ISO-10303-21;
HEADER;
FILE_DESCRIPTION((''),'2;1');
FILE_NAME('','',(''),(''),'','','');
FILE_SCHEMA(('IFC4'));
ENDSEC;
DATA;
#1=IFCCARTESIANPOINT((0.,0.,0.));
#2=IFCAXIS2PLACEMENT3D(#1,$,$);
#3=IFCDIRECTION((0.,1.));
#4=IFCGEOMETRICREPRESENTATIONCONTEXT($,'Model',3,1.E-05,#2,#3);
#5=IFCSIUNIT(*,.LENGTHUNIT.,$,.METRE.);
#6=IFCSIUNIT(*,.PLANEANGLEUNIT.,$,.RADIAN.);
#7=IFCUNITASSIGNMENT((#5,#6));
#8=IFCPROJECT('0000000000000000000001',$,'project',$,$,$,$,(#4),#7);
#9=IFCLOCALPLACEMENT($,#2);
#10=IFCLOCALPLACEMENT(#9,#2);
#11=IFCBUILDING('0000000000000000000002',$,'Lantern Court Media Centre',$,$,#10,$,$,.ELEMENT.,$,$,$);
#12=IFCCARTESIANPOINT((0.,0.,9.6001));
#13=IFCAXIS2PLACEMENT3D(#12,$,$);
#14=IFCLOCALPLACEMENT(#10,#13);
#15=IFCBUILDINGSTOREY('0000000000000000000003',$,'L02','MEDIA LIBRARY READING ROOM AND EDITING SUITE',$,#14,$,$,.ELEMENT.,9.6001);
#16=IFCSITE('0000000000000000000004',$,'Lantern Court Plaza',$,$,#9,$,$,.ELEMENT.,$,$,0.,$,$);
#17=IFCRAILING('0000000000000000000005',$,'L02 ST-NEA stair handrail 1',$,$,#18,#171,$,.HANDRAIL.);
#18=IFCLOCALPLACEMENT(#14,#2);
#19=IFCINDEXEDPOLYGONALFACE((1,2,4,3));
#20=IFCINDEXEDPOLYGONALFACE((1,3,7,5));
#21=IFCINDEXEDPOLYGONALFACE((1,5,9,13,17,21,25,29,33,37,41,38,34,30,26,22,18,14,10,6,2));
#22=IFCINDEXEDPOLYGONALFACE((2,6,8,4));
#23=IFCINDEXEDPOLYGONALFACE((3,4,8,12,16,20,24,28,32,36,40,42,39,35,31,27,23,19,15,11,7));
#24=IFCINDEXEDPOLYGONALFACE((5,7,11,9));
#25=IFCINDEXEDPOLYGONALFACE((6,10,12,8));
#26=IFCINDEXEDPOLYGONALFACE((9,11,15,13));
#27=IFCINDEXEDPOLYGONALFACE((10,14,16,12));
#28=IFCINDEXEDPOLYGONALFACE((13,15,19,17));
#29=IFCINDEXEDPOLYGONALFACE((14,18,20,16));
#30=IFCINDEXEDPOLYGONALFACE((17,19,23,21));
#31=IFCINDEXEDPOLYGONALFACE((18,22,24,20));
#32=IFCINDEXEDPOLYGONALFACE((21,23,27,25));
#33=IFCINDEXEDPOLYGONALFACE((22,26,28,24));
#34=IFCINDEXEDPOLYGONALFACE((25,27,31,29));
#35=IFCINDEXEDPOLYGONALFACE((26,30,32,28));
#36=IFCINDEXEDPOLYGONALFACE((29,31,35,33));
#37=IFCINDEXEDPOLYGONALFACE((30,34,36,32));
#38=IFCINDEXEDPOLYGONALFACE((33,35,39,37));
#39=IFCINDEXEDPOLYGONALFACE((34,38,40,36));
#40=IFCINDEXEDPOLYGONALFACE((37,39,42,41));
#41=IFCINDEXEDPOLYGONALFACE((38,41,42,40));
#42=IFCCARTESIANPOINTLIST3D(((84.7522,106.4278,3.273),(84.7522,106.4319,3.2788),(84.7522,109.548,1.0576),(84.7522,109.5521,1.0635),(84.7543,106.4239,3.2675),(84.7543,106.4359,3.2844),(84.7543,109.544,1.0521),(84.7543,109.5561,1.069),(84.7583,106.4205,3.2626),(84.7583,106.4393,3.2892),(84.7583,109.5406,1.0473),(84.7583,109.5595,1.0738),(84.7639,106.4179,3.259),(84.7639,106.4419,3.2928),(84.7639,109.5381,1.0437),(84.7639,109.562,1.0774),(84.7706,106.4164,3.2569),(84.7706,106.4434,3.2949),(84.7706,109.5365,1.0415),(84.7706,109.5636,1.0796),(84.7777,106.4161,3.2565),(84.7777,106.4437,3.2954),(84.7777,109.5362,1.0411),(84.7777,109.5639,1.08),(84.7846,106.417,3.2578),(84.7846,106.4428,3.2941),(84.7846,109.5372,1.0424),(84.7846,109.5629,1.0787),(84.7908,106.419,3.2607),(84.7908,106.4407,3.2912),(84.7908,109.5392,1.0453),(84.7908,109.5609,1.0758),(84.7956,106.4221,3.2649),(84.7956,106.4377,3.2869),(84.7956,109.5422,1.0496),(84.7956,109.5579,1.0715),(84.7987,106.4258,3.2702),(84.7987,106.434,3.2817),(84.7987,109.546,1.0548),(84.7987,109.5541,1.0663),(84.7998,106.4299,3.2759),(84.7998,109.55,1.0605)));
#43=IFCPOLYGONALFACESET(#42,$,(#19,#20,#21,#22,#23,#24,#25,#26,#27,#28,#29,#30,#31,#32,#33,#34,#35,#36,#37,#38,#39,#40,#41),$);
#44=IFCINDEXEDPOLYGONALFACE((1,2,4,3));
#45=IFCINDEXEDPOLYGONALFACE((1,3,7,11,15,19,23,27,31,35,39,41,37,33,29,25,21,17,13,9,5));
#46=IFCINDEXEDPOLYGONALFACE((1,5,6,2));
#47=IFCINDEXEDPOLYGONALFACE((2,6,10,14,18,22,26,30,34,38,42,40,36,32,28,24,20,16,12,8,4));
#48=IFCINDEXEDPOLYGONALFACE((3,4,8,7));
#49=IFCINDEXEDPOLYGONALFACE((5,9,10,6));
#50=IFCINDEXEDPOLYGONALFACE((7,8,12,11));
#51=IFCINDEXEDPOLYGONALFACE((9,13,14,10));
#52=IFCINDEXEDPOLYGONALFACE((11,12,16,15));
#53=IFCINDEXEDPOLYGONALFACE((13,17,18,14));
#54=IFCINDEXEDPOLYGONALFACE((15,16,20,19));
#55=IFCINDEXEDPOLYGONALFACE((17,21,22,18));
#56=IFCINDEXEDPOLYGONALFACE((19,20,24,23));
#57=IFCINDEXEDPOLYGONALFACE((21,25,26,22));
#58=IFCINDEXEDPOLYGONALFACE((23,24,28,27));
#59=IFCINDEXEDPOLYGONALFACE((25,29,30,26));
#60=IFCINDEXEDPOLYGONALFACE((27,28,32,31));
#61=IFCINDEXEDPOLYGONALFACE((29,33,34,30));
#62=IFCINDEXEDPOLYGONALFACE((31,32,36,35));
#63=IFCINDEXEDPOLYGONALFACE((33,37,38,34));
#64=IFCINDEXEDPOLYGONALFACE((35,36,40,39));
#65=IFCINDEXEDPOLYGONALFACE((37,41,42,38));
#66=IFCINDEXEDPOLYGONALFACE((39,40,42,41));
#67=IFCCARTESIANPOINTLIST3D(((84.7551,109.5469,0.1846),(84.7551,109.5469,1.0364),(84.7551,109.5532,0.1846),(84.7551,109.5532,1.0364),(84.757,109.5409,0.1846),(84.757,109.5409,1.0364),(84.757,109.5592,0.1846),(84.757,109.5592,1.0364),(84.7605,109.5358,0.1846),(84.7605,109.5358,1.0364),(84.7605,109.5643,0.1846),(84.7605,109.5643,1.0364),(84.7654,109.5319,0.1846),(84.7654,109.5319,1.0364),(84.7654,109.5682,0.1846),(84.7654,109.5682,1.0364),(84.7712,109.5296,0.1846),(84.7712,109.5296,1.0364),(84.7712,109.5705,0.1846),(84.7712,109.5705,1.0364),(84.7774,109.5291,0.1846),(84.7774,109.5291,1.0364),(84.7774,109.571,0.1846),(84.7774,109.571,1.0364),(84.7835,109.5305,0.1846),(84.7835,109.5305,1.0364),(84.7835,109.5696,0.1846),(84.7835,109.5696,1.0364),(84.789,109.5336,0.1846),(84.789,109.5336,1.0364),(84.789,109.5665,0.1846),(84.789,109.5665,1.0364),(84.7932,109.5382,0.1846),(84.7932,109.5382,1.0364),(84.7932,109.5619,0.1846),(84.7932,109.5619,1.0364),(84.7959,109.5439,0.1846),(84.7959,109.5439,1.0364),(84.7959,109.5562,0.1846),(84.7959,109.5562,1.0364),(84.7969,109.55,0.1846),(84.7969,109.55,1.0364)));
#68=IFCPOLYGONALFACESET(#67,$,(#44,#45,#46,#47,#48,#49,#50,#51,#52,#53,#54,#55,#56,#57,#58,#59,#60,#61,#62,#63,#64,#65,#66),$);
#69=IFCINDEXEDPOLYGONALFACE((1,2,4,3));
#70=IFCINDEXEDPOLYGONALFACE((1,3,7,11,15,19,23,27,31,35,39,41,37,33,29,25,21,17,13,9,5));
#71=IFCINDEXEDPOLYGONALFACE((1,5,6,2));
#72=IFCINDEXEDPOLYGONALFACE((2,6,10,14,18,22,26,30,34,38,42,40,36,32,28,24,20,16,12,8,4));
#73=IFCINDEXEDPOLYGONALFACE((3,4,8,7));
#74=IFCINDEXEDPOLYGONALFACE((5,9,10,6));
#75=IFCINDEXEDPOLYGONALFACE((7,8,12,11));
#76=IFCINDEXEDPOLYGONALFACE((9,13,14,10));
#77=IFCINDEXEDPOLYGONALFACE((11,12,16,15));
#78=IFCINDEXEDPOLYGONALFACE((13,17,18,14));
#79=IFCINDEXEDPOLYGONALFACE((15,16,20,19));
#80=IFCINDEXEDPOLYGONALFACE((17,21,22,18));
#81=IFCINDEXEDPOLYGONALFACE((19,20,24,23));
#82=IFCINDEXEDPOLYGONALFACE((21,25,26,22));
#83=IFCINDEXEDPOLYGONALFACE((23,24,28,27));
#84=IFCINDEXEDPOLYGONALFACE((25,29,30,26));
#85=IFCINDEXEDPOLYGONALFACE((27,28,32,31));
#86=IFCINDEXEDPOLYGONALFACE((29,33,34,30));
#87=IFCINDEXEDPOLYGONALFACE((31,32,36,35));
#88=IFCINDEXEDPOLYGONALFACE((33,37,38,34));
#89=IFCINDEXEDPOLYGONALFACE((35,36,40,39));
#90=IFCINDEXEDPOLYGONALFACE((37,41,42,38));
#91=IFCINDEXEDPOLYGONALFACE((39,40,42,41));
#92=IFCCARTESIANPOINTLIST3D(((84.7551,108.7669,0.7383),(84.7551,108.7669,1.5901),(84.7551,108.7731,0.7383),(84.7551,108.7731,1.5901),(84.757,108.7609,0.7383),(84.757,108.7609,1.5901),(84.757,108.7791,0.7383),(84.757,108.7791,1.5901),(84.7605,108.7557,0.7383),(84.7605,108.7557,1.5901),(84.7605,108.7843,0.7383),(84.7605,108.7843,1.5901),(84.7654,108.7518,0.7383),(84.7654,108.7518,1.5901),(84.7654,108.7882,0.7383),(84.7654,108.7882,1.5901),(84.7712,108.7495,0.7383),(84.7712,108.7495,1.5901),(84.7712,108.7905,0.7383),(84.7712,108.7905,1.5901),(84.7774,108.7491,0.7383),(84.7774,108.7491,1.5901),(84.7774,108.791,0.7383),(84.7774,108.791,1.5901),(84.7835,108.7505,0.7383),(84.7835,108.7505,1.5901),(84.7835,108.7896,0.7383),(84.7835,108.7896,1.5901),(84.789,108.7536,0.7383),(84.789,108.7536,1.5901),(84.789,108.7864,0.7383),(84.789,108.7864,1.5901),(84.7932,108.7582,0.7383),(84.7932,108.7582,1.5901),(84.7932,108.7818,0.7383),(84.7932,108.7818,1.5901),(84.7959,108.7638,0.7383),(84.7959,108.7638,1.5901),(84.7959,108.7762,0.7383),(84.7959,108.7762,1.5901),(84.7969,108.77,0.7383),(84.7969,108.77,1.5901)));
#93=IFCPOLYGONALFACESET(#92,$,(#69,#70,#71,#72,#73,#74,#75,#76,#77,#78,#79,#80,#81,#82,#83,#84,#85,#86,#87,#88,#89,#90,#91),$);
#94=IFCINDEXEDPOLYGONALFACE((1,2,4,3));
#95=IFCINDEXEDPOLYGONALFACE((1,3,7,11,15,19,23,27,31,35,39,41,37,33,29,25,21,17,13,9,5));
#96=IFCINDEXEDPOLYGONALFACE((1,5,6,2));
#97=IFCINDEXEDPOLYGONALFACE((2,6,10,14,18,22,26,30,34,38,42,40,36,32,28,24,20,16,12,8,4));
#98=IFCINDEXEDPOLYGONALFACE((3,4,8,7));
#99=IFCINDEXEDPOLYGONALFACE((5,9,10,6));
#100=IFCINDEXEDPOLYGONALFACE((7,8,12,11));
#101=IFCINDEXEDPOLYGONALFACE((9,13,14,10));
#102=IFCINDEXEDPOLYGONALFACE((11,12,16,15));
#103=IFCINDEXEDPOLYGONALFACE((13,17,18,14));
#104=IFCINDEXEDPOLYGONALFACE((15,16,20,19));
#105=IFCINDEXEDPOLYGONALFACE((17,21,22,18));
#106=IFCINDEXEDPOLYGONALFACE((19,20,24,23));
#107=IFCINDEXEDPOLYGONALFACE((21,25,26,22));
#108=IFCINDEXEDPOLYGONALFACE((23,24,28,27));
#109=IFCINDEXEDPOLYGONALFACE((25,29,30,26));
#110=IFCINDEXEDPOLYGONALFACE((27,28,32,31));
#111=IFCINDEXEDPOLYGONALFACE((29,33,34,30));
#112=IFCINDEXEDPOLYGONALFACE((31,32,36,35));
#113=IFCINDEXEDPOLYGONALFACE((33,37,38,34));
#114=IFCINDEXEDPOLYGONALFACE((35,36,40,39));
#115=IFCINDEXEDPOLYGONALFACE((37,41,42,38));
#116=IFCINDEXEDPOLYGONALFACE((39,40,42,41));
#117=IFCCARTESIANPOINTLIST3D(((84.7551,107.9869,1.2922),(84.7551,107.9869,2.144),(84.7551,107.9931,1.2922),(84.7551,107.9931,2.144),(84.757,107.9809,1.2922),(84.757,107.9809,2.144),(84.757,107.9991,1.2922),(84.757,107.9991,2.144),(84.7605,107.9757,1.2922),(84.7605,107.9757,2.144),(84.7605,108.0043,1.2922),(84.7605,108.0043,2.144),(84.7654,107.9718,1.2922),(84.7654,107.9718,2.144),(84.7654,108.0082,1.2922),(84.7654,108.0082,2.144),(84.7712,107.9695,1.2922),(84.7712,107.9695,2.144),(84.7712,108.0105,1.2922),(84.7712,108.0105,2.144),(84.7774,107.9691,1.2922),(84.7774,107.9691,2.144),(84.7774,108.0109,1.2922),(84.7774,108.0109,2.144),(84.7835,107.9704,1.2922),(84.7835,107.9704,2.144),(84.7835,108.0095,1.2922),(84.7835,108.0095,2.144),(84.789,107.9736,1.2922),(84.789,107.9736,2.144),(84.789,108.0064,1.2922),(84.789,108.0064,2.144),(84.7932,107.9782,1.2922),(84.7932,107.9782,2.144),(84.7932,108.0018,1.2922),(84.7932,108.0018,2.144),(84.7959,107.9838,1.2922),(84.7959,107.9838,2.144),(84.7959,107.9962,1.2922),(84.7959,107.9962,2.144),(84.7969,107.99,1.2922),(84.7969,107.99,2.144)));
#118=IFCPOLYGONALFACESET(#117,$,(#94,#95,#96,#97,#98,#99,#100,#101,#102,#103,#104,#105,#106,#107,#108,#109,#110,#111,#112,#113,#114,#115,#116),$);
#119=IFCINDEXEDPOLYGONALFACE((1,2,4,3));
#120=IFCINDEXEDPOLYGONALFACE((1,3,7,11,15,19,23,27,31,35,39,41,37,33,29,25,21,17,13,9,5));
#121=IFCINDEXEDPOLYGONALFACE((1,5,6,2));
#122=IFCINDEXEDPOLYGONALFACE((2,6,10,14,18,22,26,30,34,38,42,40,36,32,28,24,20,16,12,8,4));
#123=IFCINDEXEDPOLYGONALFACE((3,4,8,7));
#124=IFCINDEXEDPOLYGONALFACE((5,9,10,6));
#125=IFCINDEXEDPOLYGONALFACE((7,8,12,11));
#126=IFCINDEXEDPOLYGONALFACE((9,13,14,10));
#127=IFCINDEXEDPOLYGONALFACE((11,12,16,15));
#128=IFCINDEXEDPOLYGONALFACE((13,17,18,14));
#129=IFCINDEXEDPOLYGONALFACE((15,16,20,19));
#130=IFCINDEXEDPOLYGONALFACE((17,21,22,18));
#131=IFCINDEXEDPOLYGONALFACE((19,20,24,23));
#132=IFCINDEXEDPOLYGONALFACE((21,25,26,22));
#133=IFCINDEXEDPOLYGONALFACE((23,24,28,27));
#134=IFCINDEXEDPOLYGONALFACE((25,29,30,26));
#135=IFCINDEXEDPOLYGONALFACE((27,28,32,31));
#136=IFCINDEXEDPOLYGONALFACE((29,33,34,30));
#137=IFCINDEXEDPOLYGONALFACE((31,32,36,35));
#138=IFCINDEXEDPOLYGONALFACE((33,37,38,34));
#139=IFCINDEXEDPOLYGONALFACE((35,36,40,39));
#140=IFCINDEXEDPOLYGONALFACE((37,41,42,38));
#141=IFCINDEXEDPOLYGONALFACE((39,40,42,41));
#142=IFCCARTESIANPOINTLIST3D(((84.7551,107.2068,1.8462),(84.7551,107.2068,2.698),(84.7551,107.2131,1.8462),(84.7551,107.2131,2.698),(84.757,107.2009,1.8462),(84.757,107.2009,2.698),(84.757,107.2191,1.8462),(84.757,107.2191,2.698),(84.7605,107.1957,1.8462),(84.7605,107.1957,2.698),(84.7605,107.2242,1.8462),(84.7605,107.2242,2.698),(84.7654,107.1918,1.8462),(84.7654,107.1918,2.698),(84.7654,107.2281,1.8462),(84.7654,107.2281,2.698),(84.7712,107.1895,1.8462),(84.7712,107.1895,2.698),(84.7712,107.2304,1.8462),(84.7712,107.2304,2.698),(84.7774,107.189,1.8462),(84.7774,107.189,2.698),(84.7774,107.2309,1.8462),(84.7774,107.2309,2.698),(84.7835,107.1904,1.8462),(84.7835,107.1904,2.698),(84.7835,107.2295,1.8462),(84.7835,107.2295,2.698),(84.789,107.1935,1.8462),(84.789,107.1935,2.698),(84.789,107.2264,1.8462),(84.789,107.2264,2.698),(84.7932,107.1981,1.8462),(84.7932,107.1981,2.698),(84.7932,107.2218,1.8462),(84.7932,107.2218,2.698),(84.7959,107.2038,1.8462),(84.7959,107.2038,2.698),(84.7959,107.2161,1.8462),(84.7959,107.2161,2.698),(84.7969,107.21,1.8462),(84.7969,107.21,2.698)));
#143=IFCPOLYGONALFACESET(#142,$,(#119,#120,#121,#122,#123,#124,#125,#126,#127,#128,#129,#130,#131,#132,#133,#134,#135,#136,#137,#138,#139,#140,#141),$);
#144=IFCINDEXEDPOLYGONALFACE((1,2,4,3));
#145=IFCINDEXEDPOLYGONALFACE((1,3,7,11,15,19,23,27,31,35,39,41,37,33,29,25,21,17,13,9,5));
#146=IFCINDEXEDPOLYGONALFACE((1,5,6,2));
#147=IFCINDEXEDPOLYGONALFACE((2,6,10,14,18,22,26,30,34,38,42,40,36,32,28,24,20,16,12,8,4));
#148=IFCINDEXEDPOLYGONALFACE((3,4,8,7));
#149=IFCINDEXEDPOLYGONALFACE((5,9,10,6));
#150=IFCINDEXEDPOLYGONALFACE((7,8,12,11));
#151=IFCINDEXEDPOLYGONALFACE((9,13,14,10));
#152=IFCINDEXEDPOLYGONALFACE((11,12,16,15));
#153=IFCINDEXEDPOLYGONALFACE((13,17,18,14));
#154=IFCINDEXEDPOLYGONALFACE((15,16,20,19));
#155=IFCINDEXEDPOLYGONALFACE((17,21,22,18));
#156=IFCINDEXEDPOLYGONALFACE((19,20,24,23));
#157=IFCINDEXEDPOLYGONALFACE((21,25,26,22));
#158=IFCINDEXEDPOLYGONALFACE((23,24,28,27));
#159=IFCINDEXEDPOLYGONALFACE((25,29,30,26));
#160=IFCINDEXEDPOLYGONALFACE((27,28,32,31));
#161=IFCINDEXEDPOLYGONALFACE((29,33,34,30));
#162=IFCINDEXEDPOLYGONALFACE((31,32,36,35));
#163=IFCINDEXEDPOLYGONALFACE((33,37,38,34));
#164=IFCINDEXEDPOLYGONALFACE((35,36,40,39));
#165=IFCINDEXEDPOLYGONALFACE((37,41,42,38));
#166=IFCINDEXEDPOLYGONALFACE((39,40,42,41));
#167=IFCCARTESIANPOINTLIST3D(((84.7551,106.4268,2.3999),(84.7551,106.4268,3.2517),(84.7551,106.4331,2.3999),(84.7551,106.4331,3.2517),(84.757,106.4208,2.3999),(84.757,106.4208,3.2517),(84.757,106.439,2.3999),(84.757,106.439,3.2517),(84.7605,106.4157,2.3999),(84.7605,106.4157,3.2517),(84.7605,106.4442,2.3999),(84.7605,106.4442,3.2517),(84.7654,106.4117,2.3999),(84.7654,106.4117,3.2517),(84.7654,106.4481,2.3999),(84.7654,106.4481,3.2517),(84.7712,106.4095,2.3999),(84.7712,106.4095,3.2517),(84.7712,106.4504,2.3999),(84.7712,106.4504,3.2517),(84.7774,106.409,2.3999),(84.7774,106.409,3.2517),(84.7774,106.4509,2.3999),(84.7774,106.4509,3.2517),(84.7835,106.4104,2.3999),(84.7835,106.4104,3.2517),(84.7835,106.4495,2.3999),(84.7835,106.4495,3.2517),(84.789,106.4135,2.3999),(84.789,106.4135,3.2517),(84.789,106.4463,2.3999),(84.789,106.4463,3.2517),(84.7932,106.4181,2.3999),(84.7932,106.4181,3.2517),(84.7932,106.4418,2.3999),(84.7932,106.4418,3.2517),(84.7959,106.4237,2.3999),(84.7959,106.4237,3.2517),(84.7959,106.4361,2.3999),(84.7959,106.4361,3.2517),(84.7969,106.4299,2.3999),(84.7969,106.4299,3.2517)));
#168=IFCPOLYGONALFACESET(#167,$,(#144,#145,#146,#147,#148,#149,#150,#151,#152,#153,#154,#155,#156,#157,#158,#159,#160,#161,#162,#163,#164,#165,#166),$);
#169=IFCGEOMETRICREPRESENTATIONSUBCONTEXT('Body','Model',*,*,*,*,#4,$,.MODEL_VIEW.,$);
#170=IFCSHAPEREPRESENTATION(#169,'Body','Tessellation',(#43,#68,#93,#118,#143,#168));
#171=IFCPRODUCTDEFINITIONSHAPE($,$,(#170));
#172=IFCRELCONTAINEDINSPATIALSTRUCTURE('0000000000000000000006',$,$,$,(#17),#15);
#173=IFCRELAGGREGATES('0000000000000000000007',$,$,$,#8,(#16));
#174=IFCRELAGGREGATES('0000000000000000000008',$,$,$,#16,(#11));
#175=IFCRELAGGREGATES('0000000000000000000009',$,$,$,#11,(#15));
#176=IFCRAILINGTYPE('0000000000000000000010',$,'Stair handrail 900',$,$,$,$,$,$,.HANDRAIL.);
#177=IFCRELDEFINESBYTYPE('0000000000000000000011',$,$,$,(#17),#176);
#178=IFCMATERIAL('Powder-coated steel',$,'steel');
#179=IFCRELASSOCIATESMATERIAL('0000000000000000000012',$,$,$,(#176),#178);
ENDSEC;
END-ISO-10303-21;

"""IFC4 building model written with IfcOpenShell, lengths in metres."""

from ifc_helpers import new_model, si_unit, direction, frame, origin, origin_2d, place, context, subcontext, project, spatial, circle, extrude, material, type_object, element, save


model = new_model("IFC4")

# Units and contexts
model_context = context("Model", 3, precision=1e-05, world=origin(), true_north=direction((0.0, 1.0)))
body_context = subcontext(model_context, "Body", "Model", "MODEL_VIEW")
ifc_project = project(units=[si_unit("LENGTHUNIT", "METRE"), si_unit("PLANEANGLEUNIT", "RADIAN")], contexts=[model_context])

# Site, building, storey
site_placement = place(None, origin())
site = spatial("IfcSite", under=ifc_project, at=site_placement, Name="Lantern Court Plaza", CompositionType="ELEMENT", RefElevation=0.0)
building_placement = place(site_placement, origin())
building = spatial("IfcBuilding", under=site, at=building_placement, Name="Lantern Court Media Centre", CompositionType="ELEMENT")
storey_placement = place(building_placement, frame((0.0, 0.0, 9.6001)))
storey = spatial("IfcBuildingStorey", under=building, at=storey_placement, Name="L02", Description="MEDIA LIBRARY READING ROOM AND EDITING SUITE", CompositionType="ELEMENT", Elevation=9.6001)

# Shared definitions
ifc_material_1 = material(Name="Powder-coated steel", Category="steel")

# Railing
railing_type_1 = type_object("IfcRailingType", Name="Stair handrail 900", PredefinedType="HANDRAIL", material=ifc_material_1)
railing_1_placement = place(storey_placement, frame((84.7759, 109.55, 0.1846)))
element("IfcRailing", 1, at=railing_1_placement, inside=storey, type_object=railing_type_1, Name="L02 ST-NEA stair handrail 1", PredefinedType="HANDRAIL", context=body_context, shape_type="SweptSolid", body=[
    extrude(circle(Radius=0.0239, at=origin_2d()), frame((0.0, 0.0, 0.876), z_axis=(0.0, -0.815377, 0.57893), x_axis=(1.0, 0.0, 0.0)), (0.0, 0.0, 1.0), 3.8267),
    extrude(circle(Radius=0.021, at=origin_2d()), origin(), (0.0, 0.0, 1.0), 0.8518),
    extrude(circle(Radius=0.021, at=origin_2d()), frame((0.0, -0.78, 0.5537)), (0.0, 0.0, 1.0), 0.8518),
    extrude(circle(Radius=0.021, at=origin_2d()), frame((0.0, -1.5601, 1.1077)), (0.0, 0.0, 1.0), 0.8518),
    extrude(circle(Radius=0.021, at=origin_2d()), frame((0.0, -2.3401, 1.6616)), (0.0, 0.0, 1.0), 0.8518),
    extrude(circle(Radius=0.021, at=origin_2d()), frame((0.0, -3.1201, 2.2153)), (0.0, 0.0, 1.0), 0.8518),
])

save(model, "model.ifc")
